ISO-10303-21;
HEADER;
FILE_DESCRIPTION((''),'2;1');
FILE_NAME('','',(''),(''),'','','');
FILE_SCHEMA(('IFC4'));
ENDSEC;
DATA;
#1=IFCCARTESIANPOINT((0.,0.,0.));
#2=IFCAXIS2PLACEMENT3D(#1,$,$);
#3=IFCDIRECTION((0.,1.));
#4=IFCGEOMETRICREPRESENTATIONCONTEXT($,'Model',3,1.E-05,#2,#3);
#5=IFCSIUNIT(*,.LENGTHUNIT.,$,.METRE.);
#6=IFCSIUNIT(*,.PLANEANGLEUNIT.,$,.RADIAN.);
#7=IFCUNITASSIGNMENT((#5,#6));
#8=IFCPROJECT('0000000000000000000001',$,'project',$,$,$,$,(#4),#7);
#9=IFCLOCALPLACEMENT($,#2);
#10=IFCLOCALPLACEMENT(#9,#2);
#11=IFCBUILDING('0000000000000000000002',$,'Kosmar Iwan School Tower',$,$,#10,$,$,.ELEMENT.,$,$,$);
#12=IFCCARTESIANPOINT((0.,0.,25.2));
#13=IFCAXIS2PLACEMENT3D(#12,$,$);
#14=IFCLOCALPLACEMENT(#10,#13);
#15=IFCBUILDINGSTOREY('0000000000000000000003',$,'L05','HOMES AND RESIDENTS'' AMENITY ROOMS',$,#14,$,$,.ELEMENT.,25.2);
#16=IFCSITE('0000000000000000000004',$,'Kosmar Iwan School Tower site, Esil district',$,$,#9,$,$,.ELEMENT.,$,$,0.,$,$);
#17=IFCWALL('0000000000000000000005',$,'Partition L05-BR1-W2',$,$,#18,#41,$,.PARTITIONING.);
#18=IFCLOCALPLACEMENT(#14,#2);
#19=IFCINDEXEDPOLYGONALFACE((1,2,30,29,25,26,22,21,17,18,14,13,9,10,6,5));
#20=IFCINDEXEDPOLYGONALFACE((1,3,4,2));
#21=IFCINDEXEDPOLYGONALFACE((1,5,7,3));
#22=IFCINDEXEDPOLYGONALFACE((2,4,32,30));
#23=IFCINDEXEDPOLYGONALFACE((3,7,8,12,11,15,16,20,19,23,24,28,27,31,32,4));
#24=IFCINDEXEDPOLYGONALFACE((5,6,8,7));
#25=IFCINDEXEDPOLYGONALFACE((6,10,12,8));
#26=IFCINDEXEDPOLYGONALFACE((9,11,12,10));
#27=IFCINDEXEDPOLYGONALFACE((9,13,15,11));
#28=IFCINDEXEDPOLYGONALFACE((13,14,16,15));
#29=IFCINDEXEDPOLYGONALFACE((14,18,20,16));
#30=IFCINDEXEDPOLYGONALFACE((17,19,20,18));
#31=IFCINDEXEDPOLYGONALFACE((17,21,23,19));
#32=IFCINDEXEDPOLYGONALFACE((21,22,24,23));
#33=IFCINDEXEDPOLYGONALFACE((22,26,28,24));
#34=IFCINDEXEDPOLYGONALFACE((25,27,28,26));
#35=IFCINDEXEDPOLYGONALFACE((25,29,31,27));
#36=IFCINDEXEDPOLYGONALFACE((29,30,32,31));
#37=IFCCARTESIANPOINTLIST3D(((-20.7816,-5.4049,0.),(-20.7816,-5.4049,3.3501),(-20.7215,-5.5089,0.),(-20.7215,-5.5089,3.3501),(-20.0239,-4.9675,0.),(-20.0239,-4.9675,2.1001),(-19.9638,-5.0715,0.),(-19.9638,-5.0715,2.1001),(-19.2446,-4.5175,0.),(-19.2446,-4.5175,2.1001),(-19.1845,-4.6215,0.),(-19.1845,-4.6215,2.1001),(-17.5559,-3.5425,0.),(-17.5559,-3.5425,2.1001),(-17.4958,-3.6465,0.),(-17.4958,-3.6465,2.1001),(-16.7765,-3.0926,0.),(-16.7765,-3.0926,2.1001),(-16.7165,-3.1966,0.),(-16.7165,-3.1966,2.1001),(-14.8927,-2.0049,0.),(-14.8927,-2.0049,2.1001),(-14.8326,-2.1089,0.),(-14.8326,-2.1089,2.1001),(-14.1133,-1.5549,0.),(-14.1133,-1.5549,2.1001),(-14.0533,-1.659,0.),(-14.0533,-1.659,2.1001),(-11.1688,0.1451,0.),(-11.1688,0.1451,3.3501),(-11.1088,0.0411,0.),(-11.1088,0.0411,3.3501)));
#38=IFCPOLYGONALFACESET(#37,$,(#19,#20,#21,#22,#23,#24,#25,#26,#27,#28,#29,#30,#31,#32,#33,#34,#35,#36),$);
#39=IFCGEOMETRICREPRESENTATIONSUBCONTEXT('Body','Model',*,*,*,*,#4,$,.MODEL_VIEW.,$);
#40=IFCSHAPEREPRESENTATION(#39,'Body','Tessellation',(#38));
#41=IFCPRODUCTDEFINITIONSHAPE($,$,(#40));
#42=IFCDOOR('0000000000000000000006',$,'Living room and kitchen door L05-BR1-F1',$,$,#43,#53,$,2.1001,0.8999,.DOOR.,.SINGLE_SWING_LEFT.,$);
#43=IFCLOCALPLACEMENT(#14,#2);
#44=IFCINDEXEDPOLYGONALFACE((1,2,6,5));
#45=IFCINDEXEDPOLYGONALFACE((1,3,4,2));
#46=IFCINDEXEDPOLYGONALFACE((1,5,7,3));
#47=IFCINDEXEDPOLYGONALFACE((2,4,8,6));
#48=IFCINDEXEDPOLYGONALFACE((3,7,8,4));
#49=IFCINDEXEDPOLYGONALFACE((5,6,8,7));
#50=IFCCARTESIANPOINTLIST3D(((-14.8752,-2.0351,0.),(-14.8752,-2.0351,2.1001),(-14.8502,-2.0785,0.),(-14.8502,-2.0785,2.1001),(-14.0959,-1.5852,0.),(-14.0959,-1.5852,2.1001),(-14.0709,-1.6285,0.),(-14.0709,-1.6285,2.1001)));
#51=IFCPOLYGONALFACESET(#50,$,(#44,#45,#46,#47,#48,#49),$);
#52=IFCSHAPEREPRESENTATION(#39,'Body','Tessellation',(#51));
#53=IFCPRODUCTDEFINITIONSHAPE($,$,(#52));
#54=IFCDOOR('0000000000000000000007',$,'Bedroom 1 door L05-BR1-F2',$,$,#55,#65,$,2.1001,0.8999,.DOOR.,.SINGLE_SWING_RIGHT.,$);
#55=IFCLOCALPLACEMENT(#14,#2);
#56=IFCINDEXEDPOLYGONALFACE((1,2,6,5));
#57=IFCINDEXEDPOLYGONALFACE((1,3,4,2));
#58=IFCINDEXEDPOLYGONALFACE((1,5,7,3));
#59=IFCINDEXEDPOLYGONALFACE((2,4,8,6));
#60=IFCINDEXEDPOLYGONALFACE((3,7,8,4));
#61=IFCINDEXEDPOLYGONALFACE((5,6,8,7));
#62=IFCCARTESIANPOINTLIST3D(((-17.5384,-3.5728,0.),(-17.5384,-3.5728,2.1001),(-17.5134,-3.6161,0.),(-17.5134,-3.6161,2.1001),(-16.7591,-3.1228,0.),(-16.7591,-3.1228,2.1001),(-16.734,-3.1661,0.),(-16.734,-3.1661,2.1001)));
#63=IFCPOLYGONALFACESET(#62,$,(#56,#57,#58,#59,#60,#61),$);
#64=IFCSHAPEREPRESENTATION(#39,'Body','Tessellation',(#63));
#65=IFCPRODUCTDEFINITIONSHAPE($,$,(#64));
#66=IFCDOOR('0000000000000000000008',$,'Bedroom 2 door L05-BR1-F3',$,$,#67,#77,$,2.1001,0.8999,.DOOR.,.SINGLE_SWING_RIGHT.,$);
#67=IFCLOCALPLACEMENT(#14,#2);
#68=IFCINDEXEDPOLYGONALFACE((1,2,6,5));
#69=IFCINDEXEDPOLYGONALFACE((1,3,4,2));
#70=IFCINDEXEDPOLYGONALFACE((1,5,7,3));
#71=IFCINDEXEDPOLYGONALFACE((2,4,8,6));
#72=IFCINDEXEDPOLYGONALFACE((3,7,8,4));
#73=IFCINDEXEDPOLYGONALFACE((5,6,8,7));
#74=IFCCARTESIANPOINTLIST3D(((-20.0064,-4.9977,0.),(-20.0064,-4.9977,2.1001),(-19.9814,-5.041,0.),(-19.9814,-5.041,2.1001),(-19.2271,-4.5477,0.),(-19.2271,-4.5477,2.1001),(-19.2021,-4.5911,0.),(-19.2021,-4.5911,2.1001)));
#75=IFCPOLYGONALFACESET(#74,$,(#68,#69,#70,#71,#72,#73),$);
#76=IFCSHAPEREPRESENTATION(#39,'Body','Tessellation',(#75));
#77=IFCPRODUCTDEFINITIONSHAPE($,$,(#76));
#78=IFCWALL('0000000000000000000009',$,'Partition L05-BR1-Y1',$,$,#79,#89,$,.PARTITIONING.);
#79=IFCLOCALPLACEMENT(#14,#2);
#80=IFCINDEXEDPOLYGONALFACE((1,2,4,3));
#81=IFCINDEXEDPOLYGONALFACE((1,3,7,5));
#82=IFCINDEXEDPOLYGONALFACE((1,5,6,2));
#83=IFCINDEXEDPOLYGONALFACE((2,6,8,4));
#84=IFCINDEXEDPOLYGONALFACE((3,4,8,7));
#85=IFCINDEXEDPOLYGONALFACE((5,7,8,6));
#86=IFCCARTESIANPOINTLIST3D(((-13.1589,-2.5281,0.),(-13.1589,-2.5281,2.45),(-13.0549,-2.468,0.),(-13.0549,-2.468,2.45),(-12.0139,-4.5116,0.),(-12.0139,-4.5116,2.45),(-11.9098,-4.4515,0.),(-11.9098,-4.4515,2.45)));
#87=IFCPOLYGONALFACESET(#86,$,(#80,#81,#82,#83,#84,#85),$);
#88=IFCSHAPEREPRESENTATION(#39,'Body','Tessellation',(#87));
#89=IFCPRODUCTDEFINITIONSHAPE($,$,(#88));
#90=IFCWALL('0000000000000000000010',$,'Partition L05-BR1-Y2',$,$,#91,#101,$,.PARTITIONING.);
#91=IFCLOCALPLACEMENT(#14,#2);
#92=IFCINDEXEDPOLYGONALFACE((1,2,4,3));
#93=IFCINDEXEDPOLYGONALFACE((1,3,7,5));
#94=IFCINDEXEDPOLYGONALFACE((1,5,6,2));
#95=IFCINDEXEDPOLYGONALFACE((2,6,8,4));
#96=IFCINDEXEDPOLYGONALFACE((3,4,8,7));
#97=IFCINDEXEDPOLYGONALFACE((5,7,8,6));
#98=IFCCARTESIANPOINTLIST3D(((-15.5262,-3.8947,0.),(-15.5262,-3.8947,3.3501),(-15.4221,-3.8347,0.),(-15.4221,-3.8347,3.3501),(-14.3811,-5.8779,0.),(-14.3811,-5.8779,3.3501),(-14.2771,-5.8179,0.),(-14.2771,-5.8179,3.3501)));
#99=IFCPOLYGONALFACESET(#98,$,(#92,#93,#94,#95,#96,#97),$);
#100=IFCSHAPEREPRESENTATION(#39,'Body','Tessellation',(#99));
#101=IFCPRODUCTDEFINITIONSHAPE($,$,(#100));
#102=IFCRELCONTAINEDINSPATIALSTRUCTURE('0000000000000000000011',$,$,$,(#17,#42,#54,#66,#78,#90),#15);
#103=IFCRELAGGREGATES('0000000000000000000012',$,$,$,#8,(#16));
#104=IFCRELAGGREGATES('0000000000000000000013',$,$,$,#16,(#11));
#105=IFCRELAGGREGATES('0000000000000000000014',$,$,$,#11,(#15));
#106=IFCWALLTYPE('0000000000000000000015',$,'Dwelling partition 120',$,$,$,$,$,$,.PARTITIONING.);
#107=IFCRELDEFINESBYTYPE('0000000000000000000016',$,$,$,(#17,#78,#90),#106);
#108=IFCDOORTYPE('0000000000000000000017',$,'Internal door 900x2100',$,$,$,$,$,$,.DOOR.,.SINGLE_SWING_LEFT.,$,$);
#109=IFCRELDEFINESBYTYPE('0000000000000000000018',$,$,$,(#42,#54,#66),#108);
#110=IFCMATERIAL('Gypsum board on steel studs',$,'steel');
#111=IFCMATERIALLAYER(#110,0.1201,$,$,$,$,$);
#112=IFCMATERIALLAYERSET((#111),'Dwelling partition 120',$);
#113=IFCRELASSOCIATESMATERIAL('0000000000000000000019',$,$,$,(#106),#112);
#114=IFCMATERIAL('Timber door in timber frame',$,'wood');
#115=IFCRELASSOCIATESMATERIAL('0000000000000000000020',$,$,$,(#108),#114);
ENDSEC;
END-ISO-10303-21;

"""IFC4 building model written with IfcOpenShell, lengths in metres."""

from ifc_helpers import new_model, si_unit, direction, frame, frame_2d, origin, place, context, subcontext, project, spatial, rectangle, extrude, material, layer, layer_set, type_object, element, fill, save


model = new_model("IFC4")

# Units and contexts
model_context = context("Model", 3, precision=1e-05, world=origin(), true_north=direction((0.0, 1.0)))
body_context = subcontext(model_context, "Body", "Model", "MODEL_VIEW")
ifc_project = project(units=[si_unit("LENGTHUNIT", "METRE"), si_unit("PLANEANGLEUNIT", "RADIAN")], contexts=[model_context])

# Site, building, storey
site_placement = place(None, origin())
site = spatial("IfcSite", under=ifc_project, at=site_placement, Name="Kosmar Iwan School Tower site, Esil district", CompositionType="ELEMENT", RefElevation=0.0)
building_placement = place(site_placement, origin())
building = spatial("IfcBuilding", under=site, at=building_placement, Name="Kosmar Iwan School Tower", CompositionType="ELEMENT")
storey_placement = place(building_placement, frame((0.0, 0.0, 25.2)))
storey = spatial("IfcBuildingStorey", under=building, at=storey_placement, Name="L05", Description="HOMES AND RESIDENTS' AMENITY ROOMS", CompositionType="ELEMENT", Elevation=25.2)

# Wall, openings, doors
ifc_material_1 = material(Name="Gypsum board on steel studs", Category="steel")
ifc_layer = layer(ifc_material_1, 0.1201)
ifc_layer_set = layer_set([ifc_layer], Name="Dwelling partition 120")
wall_type = type_object("IfcWallType", Name="Dwelling partition 120", PredefinedType="PARTITIONING", material=ifc_layer_set)
ifc_material_2 = material(Name="Timber door in timber frame", Category="wood")
door_type_1 = type_object("IfcDoorType", Name="Internal door 900x2100", OperationType="SINGLE_SWING_LEFT", PredefinedType="DOOR", material=ifc_material_2)
wall_1_placement = place(storey_placement, frame((-11.1389, 0.093, 0.0), z_axis=(0.0, 0.0, 1.0), x_axis=(-0.866021, -0.500007, 0.0)))
wall_1 = element("IfcWall", 1, at=wall_1_placement, inside=storey, type_object=wall_type, Name="Partition L05-BR1-W2", PredefinedType="PARTITIONING", context=body_context, shape_type="SweptSolid", body=[
    extrude(rectangle(XDim=11.0999, YDim=0.1201, at=frame_2d((5.5498, 0.0))), origin(), (0.0, 0.0, 1.0), 3.3501),
])
opening_1_placement = place(wall_1_placement, frame((3.3999, 0.0, 0.0)))
opening_1 = element("IfcOpeningElement", 2, at=opening_1_placement, cuts=wall_1, PredefinedType="OPENING", context=body_context, shape_type="SweptSolid", body=[
    extrude(rectangle(XDim=0.8999, YDim=2.1001, at=frame_2d((0.45, 1.05))), frame((0.0, 0.072, 0.0), z_axis=(0.0, -1.0, 0.0), x_axis=(1.0, 0.0, 0.0)), (0.0, 0.0, 1.0), 0.144),
])
opening_2_placement = place(wall_1_placement, frame((6.4751, 0.0, 0.0)))
opening_2 = element("IfcOpeningElement", 3, at=opening_2_placement, cuts=wall_1, PredefinedType="OPENING", context=body_context, shape_type="SweptSolid", body=[
    extrude(rectangle(XDim=0.8999, YDim=2.1001, at=frame_2d((0.45, 1.05))), frame((0.0, 0.072, 0.0), z_axis=(0.0, -1.0, 0.0), x_axis=(1.0, 0.0, 0.0)), (0.0, 0.0, 1.0), 0.144),
])
opening_3_placement = place(wall_1_placement, frame((9.325, 0.0, 0.0)))
opening_3 = element("IfcOpeningElement", 4, at=opening_3_placement, cuts=wall_1, PredefinedType="OPENING", context=body_context, shape_type="SweptSolid", body=[
    extrude(rectangle(XDim=0.8999, YDim=2.1001, at=frame_2d((0.45, 1.05))), frame((0.0, 0.072, 0.0), z_axis=(0.0, -1.0, 0.0), x_axis=(1.0, 0.0, 0.0)), (0.0, 0.0, 1.0), 0.144),
])
door_1_placement = place(opening_1_placement, origin())
door_1 = element("IfcDoor", 5, at=door_1_placement, inside=storey, type_object=door_type_1, Name="Living room and kitchen door L05-BR1-F1", OperationType="SINGLE_SWING_LEFT", OverallHeight=2.1001, OverallWidth=0.8999, PredefinedType="DOOR", context=body_context, shape_type="SweptSolid", body=[
    extrude(rectangle(XDim=0.8999, YDim=2.1001, at=frame_2d((0.45, 1.05))), frame((0.0, 0.0249, 0.0), z_axis=(0.0, -1.0, 0.0), x_axis=(1.0, 0.0, 0.0)), (0.0, 0.0, 1.0), 0.05),
])
fill(opening_1, door_1)
door_2_placement = place(opening_2_placement, origin())
door_2 = element("IfcDoor", 6, at=door_2_placement, inside=storey, type_object=door_type_1, Name="Bedroom 1 door L05-BR1-F2", OperationType="SINGLE_SWING_RIGHT", OverallHeight=2.1001, OverallWidth=0.8999, PredefinedType="DOOR", context=body_context, shape_type="SweptSolid", body=[
    extrude(rectangle(XDim=0.8999, YDim=2.1001, at=frame_2d((0.45, 1.05))), frame((0.0, 0.0249, 0.0), z_axis=(0.0, -1.0, 0.0), x_axis=(1.0, 0.0, 0.0)), (0.0, 0.0, 1.0), 0.05),
])
fill(opening_2, door_2)
door_3_placement = place(opening_3_placement, origin())
door_3 = element("IfcDoor", 7, at=door_3_placement, inside=storey, type_object=door_type_1, Name="Bedroom 2 door L05-BR1-F3", OperationType="SINGLE_SWING_RIGHT", OverallHeight=2.1001, OverallWidth=0.8999, PredefinedType="DOOR", context=body_context, shape_type="SweptSolid", body=[
    extrude(rectangle(XDim=0.8999, YDim=2.1001, at=frame_2d((0.45, 1.05))), frame((0.0, 0.0249, 0.0), z_axis=(0.0, -1.0, 0.0), x_axis=(1.0, 0.0, 0.0)), (0.0, 0.0, 1.0), 0.05),
])
fill(opening_3, door_3)

# Walls
wall_2_placement = place(storey_placement, frame((-11.9619, -4.4814, 0.0), z_axis=(0.0, 0.0, 1.0), x_axis=(-0.499969, 0.866044, 0.0)))
element("IfcWall", 8, at=wall_2_placement, inside=storey, type_object=wall_type, Name="Partition L05-BR1-Y1", PredefinedType="PARTITIONING", context=body_context, shape_type="SweptSolid", body=[
    extrude(rectangle(XDim=2.2903, YDim=0.1201, at=frame_2d((1.145, 0.0))), origin(), (0.0, 0.0, 1.0), 2.45),
])
wall_3_placement = place(storey_placement, frame((-14.3291, -5.8479, 0.0), z_axis=(0.0, 0.0, 1.0), x_axis=(-0.500015, 0.866017, 0.0)))
element("IfcWall", 9, at=wall_3_placement, inside=storey, type_object=wall_type, Name="Partition L05-BR1-Y2", PredefinedType="PARTITIONING", context=body_context, shape_type="SweptSolid", body=[
    extrude(rectangle(XDim=2.29, YDim=0.1201, at=frame_2d((1.145, 0.0))), origin(), (0.0, 0.0, 1.0), 3.3501),
])

save(model, "model.ifc")
